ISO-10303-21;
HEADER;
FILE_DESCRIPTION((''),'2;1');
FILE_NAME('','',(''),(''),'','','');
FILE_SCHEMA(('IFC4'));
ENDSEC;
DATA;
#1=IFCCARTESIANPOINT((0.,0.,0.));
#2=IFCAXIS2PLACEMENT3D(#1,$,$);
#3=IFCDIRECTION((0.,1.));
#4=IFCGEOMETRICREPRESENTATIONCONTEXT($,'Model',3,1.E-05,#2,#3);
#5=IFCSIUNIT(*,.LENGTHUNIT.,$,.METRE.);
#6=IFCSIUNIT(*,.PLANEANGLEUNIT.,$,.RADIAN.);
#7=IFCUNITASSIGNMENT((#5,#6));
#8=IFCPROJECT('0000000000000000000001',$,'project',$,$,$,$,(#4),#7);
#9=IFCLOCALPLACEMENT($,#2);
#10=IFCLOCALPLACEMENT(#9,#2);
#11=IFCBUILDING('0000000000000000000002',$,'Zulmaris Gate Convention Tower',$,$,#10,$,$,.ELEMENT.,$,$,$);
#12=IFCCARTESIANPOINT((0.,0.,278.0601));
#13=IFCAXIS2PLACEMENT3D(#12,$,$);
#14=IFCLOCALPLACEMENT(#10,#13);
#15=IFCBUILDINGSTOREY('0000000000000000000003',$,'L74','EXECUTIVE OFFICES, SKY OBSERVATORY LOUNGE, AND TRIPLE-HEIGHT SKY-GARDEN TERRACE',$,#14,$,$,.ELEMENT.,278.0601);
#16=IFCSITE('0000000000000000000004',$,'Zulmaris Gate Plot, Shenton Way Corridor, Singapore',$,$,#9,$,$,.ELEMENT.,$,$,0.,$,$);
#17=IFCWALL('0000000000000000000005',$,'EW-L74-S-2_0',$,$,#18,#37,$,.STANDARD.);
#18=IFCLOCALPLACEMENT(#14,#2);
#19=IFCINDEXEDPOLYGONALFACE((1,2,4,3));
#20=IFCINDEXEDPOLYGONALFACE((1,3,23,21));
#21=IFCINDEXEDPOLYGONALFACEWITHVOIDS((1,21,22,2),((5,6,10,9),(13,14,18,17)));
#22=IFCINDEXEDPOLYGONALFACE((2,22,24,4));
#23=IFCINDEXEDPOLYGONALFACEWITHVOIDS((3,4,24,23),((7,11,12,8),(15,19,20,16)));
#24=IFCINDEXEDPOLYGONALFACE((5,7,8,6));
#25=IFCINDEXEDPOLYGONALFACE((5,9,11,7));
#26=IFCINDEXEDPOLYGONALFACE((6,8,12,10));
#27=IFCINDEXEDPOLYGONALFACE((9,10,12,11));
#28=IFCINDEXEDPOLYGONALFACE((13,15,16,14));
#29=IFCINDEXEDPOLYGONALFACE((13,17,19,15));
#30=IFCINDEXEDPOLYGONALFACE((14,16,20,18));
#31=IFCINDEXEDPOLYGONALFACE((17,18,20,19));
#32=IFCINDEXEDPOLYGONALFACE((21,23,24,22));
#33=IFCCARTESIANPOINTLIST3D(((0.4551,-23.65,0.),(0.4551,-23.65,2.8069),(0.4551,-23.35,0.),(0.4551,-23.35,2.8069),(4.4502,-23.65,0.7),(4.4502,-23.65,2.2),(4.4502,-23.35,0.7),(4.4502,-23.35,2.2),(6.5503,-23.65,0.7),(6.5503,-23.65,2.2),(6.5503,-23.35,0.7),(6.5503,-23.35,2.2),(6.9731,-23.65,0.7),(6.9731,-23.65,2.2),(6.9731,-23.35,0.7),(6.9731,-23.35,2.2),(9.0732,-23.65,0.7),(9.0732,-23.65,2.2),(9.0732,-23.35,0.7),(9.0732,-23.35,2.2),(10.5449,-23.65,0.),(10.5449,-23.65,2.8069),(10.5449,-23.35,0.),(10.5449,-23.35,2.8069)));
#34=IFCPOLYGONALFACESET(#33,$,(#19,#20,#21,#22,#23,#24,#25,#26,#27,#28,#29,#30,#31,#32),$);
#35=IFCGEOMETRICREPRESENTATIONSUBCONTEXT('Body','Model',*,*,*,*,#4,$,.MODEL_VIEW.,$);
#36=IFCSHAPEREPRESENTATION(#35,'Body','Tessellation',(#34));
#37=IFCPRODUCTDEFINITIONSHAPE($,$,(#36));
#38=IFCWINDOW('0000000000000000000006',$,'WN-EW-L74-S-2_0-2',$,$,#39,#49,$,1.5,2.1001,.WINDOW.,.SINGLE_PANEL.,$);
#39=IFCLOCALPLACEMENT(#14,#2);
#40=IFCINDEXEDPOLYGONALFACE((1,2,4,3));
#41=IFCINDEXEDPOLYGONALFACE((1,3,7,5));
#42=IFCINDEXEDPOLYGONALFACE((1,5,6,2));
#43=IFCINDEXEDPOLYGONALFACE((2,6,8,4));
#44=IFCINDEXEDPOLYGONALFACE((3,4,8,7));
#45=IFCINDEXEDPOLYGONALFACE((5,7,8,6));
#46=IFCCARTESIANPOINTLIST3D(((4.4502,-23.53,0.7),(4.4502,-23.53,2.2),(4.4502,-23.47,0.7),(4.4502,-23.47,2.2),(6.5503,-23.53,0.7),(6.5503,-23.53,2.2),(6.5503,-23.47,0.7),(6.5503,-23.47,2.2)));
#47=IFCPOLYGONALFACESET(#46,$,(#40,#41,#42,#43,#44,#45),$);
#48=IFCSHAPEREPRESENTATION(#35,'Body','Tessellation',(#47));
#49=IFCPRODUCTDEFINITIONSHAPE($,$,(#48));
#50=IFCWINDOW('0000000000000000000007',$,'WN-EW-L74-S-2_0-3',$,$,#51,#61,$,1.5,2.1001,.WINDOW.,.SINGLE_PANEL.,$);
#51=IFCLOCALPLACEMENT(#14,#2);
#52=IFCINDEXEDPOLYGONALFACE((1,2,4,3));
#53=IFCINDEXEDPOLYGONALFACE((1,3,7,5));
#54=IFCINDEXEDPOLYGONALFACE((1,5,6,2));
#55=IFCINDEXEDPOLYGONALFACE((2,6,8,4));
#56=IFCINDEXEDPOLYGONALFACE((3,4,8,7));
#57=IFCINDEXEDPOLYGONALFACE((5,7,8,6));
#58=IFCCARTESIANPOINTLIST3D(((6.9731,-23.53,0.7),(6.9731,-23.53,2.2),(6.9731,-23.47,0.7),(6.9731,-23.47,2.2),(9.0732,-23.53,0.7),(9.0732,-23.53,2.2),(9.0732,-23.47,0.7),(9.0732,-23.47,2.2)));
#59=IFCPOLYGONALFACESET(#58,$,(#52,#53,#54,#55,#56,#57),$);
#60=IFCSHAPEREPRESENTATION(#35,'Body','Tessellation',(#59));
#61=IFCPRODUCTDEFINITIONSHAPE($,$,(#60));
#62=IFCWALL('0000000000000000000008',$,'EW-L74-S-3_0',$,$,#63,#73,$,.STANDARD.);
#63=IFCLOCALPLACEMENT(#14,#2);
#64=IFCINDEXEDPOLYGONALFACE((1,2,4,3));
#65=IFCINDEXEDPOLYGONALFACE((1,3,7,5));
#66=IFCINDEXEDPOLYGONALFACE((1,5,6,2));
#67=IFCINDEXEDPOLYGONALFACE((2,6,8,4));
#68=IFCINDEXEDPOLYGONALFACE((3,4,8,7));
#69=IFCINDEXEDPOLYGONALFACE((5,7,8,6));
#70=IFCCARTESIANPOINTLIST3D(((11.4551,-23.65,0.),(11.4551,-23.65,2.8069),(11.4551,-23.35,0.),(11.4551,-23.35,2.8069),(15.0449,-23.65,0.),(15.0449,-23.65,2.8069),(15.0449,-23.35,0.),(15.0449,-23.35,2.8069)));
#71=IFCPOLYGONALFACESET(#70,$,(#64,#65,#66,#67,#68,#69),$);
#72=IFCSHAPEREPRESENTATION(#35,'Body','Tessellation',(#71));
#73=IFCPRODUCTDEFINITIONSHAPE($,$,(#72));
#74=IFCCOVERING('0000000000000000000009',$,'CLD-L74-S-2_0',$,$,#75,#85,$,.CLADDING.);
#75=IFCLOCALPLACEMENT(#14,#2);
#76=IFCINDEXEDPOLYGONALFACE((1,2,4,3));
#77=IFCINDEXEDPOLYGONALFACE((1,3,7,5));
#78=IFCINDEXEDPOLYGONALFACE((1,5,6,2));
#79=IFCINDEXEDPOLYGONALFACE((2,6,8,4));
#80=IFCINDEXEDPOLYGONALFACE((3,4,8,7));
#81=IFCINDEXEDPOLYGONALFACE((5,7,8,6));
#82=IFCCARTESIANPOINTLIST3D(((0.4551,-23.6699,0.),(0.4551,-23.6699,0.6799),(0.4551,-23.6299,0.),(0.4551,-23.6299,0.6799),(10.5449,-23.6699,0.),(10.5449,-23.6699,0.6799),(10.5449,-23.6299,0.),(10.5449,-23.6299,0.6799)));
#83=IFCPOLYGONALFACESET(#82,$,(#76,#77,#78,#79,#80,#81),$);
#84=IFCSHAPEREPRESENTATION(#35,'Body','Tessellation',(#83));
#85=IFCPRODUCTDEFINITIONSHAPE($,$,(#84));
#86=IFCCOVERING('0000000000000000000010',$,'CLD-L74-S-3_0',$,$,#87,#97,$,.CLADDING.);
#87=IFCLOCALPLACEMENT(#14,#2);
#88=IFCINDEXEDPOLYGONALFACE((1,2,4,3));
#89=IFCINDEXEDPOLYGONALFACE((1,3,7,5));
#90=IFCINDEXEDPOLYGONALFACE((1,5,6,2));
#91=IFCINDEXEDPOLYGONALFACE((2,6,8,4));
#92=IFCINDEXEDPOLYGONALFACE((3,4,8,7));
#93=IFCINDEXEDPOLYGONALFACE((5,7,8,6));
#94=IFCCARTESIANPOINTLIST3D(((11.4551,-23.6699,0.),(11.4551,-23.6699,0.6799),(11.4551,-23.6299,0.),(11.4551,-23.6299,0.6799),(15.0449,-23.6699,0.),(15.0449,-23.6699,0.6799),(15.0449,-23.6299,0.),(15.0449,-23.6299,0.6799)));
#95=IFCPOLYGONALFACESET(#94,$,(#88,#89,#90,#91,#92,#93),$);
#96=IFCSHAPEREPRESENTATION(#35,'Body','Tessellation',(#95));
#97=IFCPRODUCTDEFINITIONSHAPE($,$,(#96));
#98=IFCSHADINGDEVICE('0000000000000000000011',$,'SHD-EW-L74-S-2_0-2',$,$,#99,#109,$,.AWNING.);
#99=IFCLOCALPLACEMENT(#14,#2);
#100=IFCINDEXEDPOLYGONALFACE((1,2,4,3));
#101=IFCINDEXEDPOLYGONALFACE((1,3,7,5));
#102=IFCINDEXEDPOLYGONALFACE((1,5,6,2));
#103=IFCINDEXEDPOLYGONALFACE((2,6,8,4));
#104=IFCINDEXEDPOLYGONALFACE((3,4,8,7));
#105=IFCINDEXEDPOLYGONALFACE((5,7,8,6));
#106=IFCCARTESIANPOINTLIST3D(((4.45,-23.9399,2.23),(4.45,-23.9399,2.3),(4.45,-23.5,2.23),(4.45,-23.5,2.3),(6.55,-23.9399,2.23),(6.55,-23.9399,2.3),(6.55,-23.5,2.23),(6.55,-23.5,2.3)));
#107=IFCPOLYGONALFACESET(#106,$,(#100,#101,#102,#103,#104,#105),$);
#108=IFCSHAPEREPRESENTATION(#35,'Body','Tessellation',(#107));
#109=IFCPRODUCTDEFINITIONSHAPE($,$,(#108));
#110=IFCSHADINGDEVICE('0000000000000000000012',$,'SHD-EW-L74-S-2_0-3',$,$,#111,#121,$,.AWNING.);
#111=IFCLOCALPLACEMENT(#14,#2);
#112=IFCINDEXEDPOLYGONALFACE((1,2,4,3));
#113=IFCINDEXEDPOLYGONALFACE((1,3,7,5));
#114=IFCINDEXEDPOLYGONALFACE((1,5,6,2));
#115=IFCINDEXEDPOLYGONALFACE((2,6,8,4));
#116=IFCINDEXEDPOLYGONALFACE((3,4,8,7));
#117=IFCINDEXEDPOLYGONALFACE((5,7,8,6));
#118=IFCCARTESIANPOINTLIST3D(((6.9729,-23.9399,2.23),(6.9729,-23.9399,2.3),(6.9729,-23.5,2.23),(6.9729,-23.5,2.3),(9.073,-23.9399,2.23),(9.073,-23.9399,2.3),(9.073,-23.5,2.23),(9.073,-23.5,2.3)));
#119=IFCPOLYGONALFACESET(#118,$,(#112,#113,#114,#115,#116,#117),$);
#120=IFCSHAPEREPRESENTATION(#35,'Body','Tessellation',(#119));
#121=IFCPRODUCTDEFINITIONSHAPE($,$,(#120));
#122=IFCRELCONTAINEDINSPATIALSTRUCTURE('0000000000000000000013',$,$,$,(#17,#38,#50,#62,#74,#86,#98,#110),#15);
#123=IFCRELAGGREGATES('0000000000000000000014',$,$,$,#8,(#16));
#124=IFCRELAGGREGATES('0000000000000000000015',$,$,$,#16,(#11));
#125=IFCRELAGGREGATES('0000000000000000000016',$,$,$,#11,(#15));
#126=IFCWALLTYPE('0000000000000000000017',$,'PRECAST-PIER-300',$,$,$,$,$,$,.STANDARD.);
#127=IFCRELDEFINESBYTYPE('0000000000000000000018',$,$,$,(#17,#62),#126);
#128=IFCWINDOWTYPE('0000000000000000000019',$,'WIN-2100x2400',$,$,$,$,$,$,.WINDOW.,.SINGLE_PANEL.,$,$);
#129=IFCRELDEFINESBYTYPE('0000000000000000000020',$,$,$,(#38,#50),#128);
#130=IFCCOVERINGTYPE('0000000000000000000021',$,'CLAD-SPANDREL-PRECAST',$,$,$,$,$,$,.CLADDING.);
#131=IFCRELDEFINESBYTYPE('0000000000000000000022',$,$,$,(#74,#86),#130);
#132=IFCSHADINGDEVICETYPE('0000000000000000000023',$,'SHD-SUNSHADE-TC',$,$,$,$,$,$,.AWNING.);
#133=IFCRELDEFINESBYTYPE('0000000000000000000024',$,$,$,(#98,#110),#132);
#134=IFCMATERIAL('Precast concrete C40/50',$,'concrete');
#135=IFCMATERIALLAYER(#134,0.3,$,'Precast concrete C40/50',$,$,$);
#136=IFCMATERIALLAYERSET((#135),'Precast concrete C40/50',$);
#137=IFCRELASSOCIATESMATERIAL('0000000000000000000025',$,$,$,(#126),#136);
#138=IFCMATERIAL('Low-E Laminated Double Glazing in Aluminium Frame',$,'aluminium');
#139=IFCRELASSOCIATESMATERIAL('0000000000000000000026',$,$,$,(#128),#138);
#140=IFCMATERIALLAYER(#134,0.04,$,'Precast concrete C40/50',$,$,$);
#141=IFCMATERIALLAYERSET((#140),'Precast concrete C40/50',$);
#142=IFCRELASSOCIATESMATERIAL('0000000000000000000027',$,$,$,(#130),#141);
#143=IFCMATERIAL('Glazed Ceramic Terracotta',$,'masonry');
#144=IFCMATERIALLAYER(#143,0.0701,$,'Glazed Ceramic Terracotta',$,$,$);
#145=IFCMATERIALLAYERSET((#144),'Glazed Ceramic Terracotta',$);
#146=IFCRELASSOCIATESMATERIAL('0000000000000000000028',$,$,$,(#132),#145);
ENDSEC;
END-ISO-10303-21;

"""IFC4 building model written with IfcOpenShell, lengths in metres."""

from ifc_helpers import new_model, si_unit, direction, frame, frame_2d, origin, place, context, subcontext, project, spatial, rectangle, extrude, material, layer, layer_set, type_object, element, fill, save


model = new_model("IFC4")

# Units and contexts
model_context = context("Model", 3, precision=1e-05, world=origin(), true_north=direction((0.0, 1.0)))
body_context = subcontext(model_context, "Body", "Model", "MODEL_VIEW")
ifc_project = project(units=[si_unit("LENGTHUNIT", "METRE"), si_unit("PLANEANGLEUNIT", "RADIAN")], contexts=[model_context])

# Site, building, storey
site_placement = place(None, origin())
site = spatial("IfcSite", under=ifc_project, at=site_placement, Name="Zulmaris Gate Plot, Shenton Way Corridor, Singapore", CompositionType="ELEMENT", RefElevation=0.0)
building_placement = place(site_placement, origin())
building = spatial("IfcBuilding", under=site, at=building_placement, Name="Zulmaris Gate Convention Tower", CompositionType="ELEMENT")
storey_placement = place(building_placement, frame((0.0, 0.0, 278.0601)))
storey = spatial("IfcBuildingStorey", under=building, at=storey_placement, Name="L74", Description="EXECUTIVE OFFICES, SKY OBSERVATORY LOUNGE, AND TRIPLE-HEIGHT SKY-GARDEN TERRACE", CompositionType="ELEMENT", Elevation=278.0601)

# Wall, openings, windows
ifc_material_1 = material(Name="Precast concrete C40/50", Category="concrete")
ifc_layer_1 = layer(ifc_material_1, 0.3, Name="Precast concrete C40/50")
ifc_layer_set_1 = layer_set([ifc_layer_1], Name="Precast concrete C40/50")
wall_type_1 = type_object("IfcWallType", Name="PRECAST-PIER-300", PredefinedType="STANDARD", material=ifc_layer_set_1)
wall_1_placement = place(storey_placement, frame((0.4551, -23.5, 0.0), z_axis=(0.0, 0.0, 1.0), x_axis=(1.0, 0.0, 0.0)))
wall_1 = element("IfcWall", 1, at=wall_1_placement, inside=storey, type_object=wall_type_1, Name="EW-L74-S-2_0", PredefinedType="STANDARD", context=body_context, shape_type="SweptSolid", body=[
    extrude(rectangle(XDim=10.0898, YDim=0.3, at=frame_2d((5.0449, 0.0))), origin(), (0.0, 0.0, 1.0), 2.8069),
])
opening_1_placement = place(wall_1_placement, frame((3.9951, 0.0, 0.7)))
opening_1 = element("IfcOpeningElement", 2, at=opening_1_placement, cuts=wall_1, PredefinedType="OPENING", context=body_context, shape_type="SweptSolid", body=[
    extrude(rectangle(XDim=2.1001, YDim=1.5, at=frame_2d((1.05, 0.75))), frame((0.0, 0.1602, 0.0), z_axis=(0.0, -1.0, 0.0), x_axis=(1.0, 0.0, 0.0)), (0.0, 0.0, 1.0), 0.3201),
])
opening_2_placement = place(wall_1_placement, frame((6.5181, 0.0, 0.7)))
opening_2 = element("IfcOpeningElement", 3, at=opening_2_placement, cuts=wall_1, PredefinedType="OPENING", context=body_context, shape_type="SweptSolid", body=[
    extrude(rectangle(XDim=2.1001, YDim=1.5, at=frame_2d((1.05, 0.75))), frame((0.0, 0.1602, 0.0), z_axis=(0.0, -1.0, 0.0), x_axis=(1.0, 0.0, 0.0)), (0.0, 0.0, 1.0), 0.3201),
])
ifc_material_2 = material(Name="Low-E Laminated Double Glazing in Aluminium Frame", Category="aluminium")
window_type = type_object("IfcWindowType", Name="WIN-2100x2400", PartitioningType="SINGLE_PANEL", PredefinedType="WINDOW", material=ifc_material_2)
window_1_placement = place(opening_1_placement, origin())
window_1 = element("IfcWindow", 4, at=window_1_placement, inside=storey, type_object=window_type, Name="WN-EW-L74-S-2_0-2", OverallHeight=1.5, OverallWidth=2.1001, PartitioningType="SINGLE_PANEL", PredefinedType="WINDOW", context=body_context, shape_type="SweptSolid", body=[
    extrude(rectangle(XDim=2.1001, YDim=1.5, at=frame_2d((1.05, 0.75))), frame((0.0, 0.03, 0.0), z_axis=(0.0, -1.0, 0.0), x_axis=(1.0, 0.0, 0.0)), (0.0, 0.0, 1.0), 0.0601),
])
fill(opening_1, window_1)
window_2_placement = place(opening_2_placement, origin())
window_2 = element("IfcWindow", 5, at=window_2_placement, inside=storey, type_object=window_type, Name="WN-EW-L74-S-2_0-3", OverallHeight=1.5, OverallWidth=2.1001, PartitioningType="SINGLE_PANEL", PredefinedType="WINDOW", context=body_context, shape_type="SweptSolid", body=[
    extrude(rectangle(XDim=2.1001, YDim=1.5, at=frame_2d((1.05, 0.75))), frame((0.0, 0.03, 0.0), z_axis=(0.0, -1.0, 0.0), x_axis=(1.0, 0.0, 0.0)), (0.0, 0.0, 1.0), 0.0601),
])
fill(opening_2, window_2)

# Wall
wall_2_placement = place(storey_placement, frame((11.4551, -23.5, 0.0), z_axis=(0.0, 0.0, 1.0), x_axis=(1.0, 0.0, 0.0)))
element("IfcWall", 6, at=wall_2_placement, inside=storey, type_object=wall_type_1, Name="EW-L74-S-3_0", PredefinedType="STANDARD", context=body_context, shape_type="SweptSolid", body=[
    extrude(rectangle(XDim=3.5898, YDim=0.3, at=frame_2d((1.7949, 0.0))), origin(), (0.0, 0.0, 1.0), 2.8069),
])

# Coverings
ifc_layer_2 = layer(ifc_material_1, 0.04, Name="Precast concrete C40/50")
ifc_layer_set_2 = layer_set([ifc_layer_2], Name="Precast concrete C40/50")
covering_type = type_object("IfcCoveringType", Name="CLAD-SPANDREL-PRECAST", PredefinedType="CLADDING", material=ifc_layer_set_2)
covering_1_placement = place(storey_placement, frame((0.4551, -23.6499, 0.0), z_axis=(0.0, 0.0, 1.0), x_axis=(1.0, 0.0, 0.0)))
element("IfcCovering", 7, at=covering_1_placement, inside=storey, type_object=covering_type, Name="CLD-L74-S-2_0", PredefinedType="CLADDING", context=body_context, shape_type="SweptSolid", body=[
    extrude(rectangle(XDim=10.0898, YDim=0.04, at=frame_2d((5.0449, 0.0))), origin(), (0.0, 0.0, 1.0), 0.6799),
])
covering_2_placement = place(storey_placement, frame((11.4551, -23.6499, 0.0), z_axis=(0.0, 0.0, 1.0), x_axis=(1.0, 0.0, 0.0)))
element("IfcCovering", 8, at=covering_2_placement, inside=storey, type_object=covering_type, Name="CLD-L74-S-3_0", PredefinedType="CLADDING", context=body_context, shape_type="SweptSolid", body=[
    extrude(rectangle(XDim=3.5898, YDim=0.04, at=frame_2d((1.7949, 0.0))), origin(), (0.0, 0.0, 1.0), 0.6799),
])

# Shading devices
ifc_material_3 = material(Name="Glazed Ceramic Terracotta", Category="masonry")
ifc_layer_3 = layer(ifc_material_3, 0.0701, Name="Glazed Ceramic Terracotta")
ifc_layer_set_3 = layer_set([ifc_layer_3], Name="Glazed Ceramic Terracotta")
shading_device_type = type_object("IfcShadingDeviceType", Name="SHD-SUNSHADE-TC", PredefinedType="AWNING", material=ifc_layer_set_3)
for number, where, z_axis, x_axis, name in (
    (9, (4.45, -23.72, 2.23), (0.0, 0.0, 1.0), (1.0, 0.0, 0.0), "SHD-EW-L74-S-2_0-2"),
    (10, (6.9729, -23.72, 2.23), (0.0, 0.0, 1.0), (1.0, 0.0, 0.0), "SHD-EW-L74-S-2_0-3"),
):
    element("IfcShadingDevice", number, at=place(storey_placement, frame(where, z_axis=z_axis, x_axis=x_axis)), inside=storey, type_object=shading_device_type, Name=name, PredefinedType="AWNING", context=body_context, shape_type="SweptSolid", body=[
        extrude(rectangle(XDim=2.1001, YDim=0.4399, at=frame_2d((1.05, 0.0))), origin(), (0.0, 0.0, 1.0), 0.0701),
    ])

save(model, "model.ifc")
